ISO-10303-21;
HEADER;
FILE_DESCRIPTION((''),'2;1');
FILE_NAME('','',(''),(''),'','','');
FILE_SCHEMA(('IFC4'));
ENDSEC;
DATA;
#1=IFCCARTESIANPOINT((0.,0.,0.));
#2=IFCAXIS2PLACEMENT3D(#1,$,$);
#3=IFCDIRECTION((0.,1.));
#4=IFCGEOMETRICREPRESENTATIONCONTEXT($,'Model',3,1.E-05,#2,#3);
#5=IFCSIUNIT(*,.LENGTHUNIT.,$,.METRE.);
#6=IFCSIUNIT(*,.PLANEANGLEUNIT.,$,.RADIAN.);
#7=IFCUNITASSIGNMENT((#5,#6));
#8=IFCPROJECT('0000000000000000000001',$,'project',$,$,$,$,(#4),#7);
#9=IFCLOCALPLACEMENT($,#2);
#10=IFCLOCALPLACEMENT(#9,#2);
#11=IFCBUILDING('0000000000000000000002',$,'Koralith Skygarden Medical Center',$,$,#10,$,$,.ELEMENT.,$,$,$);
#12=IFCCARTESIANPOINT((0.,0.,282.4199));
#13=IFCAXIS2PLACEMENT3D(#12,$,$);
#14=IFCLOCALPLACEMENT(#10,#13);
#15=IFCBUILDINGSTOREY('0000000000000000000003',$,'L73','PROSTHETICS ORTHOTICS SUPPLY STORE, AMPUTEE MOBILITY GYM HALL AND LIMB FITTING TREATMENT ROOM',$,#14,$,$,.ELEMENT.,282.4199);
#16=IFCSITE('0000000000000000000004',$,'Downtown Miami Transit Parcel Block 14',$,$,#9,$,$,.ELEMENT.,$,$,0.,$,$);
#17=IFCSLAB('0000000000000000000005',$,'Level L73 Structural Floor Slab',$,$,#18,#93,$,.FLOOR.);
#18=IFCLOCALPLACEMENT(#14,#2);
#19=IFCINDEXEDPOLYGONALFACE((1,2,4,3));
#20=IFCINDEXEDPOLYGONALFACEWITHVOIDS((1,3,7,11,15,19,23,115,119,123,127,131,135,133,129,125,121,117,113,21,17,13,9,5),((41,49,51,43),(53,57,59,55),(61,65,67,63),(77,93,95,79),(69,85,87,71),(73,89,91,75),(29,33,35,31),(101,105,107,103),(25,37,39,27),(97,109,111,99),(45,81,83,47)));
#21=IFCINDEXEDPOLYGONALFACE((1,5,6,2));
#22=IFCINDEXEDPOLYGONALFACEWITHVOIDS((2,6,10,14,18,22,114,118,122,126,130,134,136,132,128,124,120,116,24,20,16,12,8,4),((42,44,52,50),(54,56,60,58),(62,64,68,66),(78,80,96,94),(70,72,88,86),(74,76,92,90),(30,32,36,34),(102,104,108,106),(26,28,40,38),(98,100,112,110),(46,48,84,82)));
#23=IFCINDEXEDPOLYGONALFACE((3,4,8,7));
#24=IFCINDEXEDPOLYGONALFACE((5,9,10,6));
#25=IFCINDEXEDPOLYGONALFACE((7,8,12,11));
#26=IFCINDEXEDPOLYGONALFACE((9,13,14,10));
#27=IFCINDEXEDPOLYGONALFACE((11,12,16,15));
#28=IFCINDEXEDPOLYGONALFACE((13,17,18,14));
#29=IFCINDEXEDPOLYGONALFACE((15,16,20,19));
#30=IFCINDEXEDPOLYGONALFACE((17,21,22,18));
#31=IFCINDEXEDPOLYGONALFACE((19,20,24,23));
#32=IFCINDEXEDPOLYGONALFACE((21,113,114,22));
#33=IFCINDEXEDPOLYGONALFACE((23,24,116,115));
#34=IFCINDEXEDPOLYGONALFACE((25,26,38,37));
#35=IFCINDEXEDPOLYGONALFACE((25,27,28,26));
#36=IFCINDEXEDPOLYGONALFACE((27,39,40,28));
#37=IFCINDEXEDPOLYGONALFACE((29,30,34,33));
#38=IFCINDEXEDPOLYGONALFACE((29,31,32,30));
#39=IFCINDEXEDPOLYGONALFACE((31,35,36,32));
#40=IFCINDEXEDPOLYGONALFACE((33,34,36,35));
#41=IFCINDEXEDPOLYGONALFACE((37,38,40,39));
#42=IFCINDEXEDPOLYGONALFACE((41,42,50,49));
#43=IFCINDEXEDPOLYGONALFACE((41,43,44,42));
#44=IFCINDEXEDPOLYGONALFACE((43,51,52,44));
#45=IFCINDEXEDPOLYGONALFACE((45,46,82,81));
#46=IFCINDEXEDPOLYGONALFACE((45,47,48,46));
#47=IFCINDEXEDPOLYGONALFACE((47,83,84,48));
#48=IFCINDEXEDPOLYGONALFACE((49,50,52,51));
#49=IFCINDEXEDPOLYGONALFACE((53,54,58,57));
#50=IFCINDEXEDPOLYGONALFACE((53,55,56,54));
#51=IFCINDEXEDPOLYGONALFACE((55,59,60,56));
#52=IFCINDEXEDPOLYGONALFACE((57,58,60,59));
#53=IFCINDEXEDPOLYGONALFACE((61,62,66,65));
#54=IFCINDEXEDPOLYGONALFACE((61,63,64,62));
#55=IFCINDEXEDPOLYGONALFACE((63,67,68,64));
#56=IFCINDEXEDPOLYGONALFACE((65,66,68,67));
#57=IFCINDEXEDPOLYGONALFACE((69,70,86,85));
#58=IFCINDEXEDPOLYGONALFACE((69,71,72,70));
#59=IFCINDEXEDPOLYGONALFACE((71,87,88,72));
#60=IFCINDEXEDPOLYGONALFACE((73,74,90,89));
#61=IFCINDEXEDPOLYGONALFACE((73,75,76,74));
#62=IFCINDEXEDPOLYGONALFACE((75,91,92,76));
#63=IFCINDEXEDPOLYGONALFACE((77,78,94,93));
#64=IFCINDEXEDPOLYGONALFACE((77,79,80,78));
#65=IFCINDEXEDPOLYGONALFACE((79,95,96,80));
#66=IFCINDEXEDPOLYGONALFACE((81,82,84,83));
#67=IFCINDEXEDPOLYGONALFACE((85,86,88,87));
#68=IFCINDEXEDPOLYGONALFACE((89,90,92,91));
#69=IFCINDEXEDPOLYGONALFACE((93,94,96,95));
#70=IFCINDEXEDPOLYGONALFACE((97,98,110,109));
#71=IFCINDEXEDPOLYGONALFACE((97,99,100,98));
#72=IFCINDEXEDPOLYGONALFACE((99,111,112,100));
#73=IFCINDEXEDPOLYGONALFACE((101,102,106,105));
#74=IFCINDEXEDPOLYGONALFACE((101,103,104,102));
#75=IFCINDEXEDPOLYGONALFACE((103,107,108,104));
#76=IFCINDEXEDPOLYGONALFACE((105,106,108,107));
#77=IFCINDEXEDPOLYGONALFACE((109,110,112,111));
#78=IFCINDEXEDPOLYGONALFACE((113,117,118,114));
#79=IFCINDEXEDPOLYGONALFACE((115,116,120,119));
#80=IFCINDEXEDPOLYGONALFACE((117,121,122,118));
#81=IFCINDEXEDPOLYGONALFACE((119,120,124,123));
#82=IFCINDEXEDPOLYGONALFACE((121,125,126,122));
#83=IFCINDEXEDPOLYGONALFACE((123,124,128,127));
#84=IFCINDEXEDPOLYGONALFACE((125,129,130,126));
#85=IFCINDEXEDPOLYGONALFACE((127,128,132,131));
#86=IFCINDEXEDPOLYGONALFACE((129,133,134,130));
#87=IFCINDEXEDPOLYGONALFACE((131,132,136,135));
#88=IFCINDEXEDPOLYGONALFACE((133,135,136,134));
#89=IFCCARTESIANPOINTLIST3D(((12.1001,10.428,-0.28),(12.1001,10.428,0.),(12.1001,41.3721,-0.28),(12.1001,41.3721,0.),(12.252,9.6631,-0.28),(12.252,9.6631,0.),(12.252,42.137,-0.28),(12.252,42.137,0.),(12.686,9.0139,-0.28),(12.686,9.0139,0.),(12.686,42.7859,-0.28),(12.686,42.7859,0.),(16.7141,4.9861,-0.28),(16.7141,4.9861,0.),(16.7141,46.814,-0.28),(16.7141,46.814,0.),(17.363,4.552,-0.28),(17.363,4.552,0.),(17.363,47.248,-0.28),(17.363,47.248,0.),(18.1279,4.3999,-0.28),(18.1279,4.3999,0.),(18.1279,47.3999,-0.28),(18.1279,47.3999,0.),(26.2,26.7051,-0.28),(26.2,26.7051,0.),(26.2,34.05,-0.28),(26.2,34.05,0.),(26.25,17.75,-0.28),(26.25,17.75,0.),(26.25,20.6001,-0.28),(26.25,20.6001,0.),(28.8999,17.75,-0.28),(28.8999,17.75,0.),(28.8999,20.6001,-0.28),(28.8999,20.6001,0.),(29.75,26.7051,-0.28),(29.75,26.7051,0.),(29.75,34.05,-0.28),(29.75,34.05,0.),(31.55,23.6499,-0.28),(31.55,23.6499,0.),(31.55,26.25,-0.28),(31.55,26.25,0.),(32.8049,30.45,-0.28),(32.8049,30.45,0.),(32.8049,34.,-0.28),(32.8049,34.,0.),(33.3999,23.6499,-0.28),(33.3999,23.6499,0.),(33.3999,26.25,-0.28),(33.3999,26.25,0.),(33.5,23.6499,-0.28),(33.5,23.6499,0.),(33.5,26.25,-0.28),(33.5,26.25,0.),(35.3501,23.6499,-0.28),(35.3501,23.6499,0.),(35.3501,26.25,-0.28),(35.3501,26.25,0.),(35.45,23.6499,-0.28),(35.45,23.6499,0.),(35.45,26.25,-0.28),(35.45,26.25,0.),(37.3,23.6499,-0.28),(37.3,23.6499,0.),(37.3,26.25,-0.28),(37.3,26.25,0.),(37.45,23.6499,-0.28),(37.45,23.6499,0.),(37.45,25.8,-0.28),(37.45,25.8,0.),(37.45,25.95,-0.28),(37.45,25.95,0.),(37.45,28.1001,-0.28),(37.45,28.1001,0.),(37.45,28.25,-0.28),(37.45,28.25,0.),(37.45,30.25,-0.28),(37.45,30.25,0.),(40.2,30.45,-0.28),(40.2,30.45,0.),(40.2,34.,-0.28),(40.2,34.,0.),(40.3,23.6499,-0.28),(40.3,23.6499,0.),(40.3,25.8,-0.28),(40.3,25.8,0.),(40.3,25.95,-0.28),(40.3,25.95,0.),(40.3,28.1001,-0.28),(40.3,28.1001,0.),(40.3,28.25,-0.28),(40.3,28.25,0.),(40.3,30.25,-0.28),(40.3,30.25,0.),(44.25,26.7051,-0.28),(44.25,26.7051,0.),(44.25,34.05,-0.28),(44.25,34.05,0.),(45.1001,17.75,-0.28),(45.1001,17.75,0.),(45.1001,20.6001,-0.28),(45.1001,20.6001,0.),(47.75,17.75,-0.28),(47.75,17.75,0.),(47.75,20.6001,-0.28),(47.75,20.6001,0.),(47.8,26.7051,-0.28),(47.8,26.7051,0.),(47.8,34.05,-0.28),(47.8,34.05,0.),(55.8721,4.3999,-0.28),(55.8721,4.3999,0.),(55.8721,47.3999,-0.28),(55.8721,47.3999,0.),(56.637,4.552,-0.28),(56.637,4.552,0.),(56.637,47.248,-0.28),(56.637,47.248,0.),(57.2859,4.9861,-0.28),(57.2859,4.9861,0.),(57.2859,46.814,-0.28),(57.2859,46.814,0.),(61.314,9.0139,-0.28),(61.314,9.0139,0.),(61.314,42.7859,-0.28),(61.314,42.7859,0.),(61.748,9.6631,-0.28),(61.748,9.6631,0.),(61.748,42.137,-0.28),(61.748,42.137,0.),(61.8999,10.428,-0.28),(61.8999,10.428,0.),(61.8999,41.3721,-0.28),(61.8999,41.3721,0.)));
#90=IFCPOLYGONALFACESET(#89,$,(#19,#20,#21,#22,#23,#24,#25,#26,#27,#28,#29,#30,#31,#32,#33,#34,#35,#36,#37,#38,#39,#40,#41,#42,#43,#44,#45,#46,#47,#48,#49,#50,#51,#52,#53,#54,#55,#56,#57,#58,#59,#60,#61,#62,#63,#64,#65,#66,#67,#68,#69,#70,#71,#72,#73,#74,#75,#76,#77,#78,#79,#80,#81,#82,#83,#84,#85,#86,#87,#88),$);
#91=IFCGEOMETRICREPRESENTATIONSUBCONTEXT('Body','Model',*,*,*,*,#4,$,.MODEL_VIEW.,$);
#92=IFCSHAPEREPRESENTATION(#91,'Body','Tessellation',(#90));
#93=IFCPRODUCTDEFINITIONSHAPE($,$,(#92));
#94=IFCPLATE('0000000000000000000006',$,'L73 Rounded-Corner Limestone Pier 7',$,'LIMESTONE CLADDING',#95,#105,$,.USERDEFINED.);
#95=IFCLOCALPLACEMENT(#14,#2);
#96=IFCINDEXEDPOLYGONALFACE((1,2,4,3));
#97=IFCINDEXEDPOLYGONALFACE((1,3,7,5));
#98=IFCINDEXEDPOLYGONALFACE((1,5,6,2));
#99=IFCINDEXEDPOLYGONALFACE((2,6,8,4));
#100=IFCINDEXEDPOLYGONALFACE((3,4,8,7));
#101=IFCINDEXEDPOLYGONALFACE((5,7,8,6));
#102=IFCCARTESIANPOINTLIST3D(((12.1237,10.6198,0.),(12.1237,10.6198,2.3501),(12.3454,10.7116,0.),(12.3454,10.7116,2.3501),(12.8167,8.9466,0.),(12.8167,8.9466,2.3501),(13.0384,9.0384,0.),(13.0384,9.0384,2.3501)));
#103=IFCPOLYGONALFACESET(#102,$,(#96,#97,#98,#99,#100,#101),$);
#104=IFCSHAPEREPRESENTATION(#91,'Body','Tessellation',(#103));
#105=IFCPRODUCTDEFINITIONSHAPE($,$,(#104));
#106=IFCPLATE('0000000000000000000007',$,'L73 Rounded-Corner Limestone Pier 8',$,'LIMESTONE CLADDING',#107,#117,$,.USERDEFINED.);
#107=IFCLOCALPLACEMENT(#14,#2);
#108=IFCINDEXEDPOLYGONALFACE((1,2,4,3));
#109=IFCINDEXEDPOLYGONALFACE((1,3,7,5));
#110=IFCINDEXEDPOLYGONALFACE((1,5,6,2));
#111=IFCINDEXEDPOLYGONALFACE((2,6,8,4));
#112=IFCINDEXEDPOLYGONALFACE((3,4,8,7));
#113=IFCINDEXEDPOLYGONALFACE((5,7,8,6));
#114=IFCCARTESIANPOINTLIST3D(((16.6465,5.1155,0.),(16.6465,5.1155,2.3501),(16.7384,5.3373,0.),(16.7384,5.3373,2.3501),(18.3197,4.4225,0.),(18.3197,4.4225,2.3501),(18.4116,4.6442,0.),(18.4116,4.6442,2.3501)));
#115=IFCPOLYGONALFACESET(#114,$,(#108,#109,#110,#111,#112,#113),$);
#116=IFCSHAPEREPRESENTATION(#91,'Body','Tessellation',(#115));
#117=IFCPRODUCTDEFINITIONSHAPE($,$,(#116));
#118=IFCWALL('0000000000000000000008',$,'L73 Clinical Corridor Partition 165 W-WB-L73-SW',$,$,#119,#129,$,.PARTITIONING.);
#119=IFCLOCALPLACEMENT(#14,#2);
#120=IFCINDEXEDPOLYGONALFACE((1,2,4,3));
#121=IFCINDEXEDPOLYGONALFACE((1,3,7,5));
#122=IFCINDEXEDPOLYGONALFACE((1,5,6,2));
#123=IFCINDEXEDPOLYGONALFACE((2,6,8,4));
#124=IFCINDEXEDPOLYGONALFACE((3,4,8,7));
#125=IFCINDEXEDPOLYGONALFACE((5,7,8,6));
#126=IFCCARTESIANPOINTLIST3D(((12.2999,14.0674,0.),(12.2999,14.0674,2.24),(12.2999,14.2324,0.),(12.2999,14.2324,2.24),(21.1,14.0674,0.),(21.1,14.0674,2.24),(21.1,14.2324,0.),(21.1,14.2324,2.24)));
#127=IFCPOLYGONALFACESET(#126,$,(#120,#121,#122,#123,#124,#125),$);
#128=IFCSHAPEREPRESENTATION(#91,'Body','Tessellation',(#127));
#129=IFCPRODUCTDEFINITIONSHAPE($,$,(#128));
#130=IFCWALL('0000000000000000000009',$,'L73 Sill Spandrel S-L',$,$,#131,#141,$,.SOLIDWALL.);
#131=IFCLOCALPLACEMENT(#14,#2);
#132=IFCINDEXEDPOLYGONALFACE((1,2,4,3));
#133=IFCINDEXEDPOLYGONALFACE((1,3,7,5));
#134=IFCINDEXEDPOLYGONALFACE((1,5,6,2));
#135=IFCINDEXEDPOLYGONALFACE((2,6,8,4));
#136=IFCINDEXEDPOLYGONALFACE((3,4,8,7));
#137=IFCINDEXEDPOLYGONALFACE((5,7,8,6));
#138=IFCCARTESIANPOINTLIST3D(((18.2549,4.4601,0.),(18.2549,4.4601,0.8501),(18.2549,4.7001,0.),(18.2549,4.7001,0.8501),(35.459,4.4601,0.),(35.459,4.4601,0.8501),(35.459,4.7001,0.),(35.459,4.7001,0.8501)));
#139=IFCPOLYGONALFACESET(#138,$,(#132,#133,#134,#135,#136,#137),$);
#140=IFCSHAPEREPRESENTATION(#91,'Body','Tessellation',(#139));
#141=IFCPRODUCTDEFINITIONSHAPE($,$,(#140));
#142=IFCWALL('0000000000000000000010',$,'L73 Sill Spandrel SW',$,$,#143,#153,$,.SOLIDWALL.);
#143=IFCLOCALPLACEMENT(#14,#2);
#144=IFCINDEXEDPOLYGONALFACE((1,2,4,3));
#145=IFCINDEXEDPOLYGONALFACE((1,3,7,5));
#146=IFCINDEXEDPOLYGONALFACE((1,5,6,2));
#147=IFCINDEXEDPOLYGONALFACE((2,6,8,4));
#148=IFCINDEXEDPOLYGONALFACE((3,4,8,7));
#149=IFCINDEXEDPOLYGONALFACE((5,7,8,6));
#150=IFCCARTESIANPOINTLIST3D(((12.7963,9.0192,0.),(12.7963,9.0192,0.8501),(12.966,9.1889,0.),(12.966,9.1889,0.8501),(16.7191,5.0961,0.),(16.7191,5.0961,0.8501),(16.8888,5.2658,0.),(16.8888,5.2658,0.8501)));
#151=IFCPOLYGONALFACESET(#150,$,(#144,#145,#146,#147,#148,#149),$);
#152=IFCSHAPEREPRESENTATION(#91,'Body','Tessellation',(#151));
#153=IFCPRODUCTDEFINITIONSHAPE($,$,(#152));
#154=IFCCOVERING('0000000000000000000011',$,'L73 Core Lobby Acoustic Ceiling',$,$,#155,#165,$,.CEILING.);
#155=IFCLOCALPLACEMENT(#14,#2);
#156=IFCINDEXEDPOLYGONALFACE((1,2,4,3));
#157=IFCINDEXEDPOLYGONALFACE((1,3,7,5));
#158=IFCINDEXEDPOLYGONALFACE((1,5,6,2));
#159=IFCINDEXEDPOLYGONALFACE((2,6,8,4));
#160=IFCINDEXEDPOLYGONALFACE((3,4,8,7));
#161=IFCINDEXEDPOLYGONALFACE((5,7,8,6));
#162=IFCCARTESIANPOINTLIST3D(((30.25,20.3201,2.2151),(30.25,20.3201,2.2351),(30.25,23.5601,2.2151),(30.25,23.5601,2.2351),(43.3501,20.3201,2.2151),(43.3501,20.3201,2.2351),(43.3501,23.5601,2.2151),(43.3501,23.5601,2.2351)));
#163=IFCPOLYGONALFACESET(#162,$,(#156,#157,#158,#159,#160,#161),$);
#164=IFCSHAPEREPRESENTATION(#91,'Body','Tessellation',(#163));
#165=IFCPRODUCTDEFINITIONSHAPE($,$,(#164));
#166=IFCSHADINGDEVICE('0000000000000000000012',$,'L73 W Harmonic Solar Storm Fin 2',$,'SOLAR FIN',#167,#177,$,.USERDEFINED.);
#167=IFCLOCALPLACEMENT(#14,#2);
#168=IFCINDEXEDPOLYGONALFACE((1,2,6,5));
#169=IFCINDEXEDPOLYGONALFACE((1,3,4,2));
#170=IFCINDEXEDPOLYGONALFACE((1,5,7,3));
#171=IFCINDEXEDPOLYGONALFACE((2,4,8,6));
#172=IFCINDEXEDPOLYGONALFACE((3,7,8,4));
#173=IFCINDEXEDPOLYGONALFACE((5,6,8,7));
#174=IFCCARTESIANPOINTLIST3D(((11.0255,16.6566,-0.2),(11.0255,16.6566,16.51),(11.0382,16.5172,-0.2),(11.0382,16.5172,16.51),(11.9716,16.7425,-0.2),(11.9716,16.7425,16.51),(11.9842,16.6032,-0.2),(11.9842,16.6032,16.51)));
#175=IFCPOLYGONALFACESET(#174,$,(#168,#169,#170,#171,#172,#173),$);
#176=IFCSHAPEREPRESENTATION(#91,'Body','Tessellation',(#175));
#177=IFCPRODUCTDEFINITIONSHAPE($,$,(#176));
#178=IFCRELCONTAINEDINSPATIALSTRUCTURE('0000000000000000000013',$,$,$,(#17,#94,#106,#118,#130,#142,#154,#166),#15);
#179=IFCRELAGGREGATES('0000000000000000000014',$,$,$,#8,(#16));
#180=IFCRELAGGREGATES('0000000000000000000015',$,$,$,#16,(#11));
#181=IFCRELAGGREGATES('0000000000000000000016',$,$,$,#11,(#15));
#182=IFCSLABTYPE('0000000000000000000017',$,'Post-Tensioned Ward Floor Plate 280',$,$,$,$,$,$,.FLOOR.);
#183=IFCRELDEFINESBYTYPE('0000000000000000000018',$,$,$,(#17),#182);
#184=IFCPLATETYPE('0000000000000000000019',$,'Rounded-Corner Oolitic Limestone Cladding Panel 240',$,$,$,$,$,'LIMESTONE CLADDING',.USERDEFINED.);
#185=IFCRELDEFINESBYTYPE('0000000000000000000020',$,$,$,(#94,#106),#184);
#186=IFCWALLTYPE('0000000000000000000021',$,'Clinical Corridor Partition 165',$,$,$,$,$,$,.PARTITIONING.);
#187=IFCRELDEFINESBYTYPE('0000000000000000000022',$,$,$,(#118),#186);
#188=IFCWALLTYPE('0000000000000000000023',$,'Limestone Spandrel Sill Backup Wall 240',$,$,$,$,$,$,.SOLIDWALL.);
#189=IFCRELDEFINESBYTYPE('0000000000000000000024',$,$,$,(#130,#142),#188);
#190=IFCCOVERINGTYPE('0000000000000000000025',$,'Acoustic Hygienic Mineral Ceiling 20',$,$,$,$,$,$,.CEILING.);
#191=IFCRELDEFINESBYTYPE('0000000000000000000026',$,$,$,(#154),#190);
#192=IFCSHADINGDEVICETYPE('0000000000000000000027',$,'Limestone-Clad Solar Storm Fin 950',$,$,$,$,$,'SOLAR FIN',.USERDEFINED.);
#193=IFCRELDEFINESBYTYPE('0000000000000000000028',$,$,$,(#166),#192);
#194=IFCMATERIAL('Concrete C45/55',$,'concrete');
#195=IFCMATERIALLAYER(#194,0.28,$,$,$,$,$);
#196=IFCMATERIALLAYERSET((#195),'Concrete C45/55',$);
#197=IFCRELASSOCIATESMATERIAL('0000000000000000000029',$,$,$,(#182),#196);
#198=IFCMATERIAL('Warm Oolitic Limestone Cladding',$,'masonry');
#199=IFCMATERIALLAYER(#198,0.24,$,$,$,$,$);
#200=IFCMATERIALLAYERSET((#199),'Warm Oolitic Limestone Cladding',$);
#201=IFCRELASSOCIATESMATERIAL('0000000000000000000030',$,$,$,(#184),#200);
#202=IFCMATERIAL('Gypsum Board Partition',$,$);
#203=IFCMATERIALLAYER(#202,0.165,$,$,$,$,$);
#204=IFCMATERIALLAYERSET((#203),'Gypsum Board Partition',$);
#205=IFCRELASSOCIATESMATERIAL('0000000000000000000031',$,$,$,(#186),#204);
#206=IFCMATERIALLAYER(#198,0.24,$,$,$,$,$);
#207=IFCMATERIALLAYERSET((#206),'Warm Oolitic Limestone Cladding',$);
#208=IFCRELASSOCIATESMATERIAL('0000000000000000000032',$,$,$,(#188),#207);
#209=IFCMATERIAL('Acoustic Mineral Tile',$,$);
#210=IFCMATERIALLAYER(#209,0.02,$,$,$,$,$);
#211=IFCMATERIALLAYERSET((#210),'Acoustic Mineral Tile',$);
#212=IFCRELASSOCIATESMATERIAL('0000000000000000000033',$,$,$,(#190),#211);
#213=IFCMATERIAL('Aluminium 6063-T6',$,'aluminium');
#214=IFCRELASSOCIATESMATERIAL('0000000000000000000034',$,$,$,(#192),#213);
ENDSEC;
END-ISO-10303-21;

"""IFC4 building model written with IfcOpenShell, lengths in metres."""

from ifc_helpers import new_model, si_unit, direction, frame, frame_2d, origin, origin_2d, place, context, subcontext, project, spatial, polyline, rectangle, outline, extrude, material, layer, layer_set, type_object, element, save


model = new_model("IFC4")

# Units and contexts
model_context = context("Model", 3, precision=1e-05, world=origin(), true_north=direction((0.0, 1.0)))
body_context = subcontext(model_context, "Body", "Model", "MODEL_VIEW")
ifc_project = project(units=[si_unit("LENGTHUNIT", "METRE"), si_unit("PLANEANGLEUNIT", "RADIAN")], contexts=[model_context])

# Site, building, storey
site_placement = place(None, origin())
site = spatial("IfcSite", under=ifc_project, at=site_placement, Name="Downtown Miami Transit Parcel Block 14", CompositionType="ELEMENT", RefElevation=0.0)
building_placement = place(site_placement, origin())
building = spatial("IfcBuilding", under=site, at=building_placement, Name="Koralith Skygarden Medical Center", CompositionType="ELEMENT")
storey_placement = place(building_placement, frame((0.0, 0.0, 282.4199)))
storey = spatial("IfcBuildingStorey", under=building, at=storey_placement, Name="L73", Description="PROSTHETICS ORTHOTICS SUPPLY STORE, AMPUTEE MOBILITY GYM HALL AND LIMB FITTING TREATMENT ROOM", CompositionType="ELEMENT", Elevation=282.4199)

# Shared definitions
ifc_material_1 = material(Name="Aluminium 6063-T6", Category="aluminium")

# Shared definitions
ifc_material_2 = material(Name="Concrete C45/55", Category="concrete")

# Slab
ifc_layer_1 = layer(ifc_material_2, 0.28)
ifc_layer_set_1 = layer_set([ifc_layer_1], Name="Concrete C45/55")
slab_type_1 = type_object("IfcSlabType", Name="Post-Tensioned Ward Floor Plate 280", PredefinedType="FLOOR", material=ifc_layer_set_1)
slab_1_placement = place(storey_placement, frame((0.0, 0.0, -0.28)))
element("IfcSlab", 1, at=slab_1_placement, inside=storey, type_object=slab_type_1, Name="Level L73 Structural Floor Slab", PredefinedType="FLOOR", context=body_context, shape_type="SweptSolid", body=[
    extrude(outline(polyline([(16.7141, 4.9861), (17.363, 4.552), (18.1279, 4.3999), (55.8721, 4.3999), (56.637, 4.552), (57.2859, 4.9861), (61.314, 9.0139), (61.748, 9.6631), (61.8999, 10.428), (61.8999, 41.3721), (61.748, 42.137), (61.314, 42.7859), (57.2859, 46.814), (56.637, 47.248), (55.8721, 47.3999), (18.1279, 47.3999), (17.363, 47.248), (16.7141, 46.814), (12.686, 42.7859), (12.252, 42.137), (12.1001, 41.3721), (12.1001, 10.428), (12.252, 9.6631), (12.686, 9.0139), (16.7141, 4.9861)]), holes=[polyline([(26.2, 26.7051), (29.75, 26.7051), (29.75, 34.05), (26.2, 34.05), (26.2, 26.7051)]), polyline([(44.25, 26.7051), (47.8, 26.7051), (47.8, 34.05), (44.25, 34.05), (44.25, 26.7051)]), polyline([(32.8049, 30.45), (40.2, 30.45), (40.2, 34.0), (32.8049, 34.0), (32.8049, 30.45)]), polyline([(26.25, 17.75), (28.8999, 17.75), (28.8999, 20.6001), (26.25, 20.6001), (26.25, 17.75)]), polyline([(45.1001, 17.75), (47.75, 17.75), (47.75, 20.6001), (45.1001, 20.6001), (45.1001, 17.75)]), polyline([(31.55, 23.6499), (33.3999, 23.6499), (33.3999, 26.25), (31.55, 26.25), (31.55, 23.6499)]), polyline([(33.5, 23.6499), (35.3501, 23.6499), (35.3501, 26.25), (33.5, 26.25), (33.5, 23.6499)]), polyline([(35.45, 23.6499), (37.3, 23.6499), (37.3, 26.25), (35.45, 26.25), (35.45, 23.6499)]), polyline([(37.45, 23.6499), (40.3, 23.6499), (40.3, 25.8), (37.45, 25.8), (37.45, 23.6499)]), polyline([(37.45, 25.95), (40.3, 25.95), (40.3, 28.1001), (37.45, 28.1001), (37.45, 25.95)]), polyline([(37.45, 28.25), (40.3, 28.25), (40.3, 30.25), (37.45, 30.25), (37.45, 28.25)])]), origin(), (0.0, 0.0, 1.0), 0.28),
])

# Plates
ifc_material_3 = material(Name="Warm Oolitic Limestone Cladding", Category="masonry")
ifc_layer_2 = layer(ifc_material_3, 0.24)
ifc_layer_set_2 = layer_set([ifc_layer_2], Name="Warm Oolitic Limestone Cladding")
plate_type_1 = type_object("IfcPlateType", Name="Rounded-Corner Oolitic Limestone Cladding Panel 240", ElementType="LIMESTONE CLADDING", PredefinedType="USERDEFINED", material=ifc_layer_set_2)
for number, where, z_axis, x_axis, name in (
    (2, (12.5811, 9.8291, 0.0), (0.0, 0.0, 1.0), (0.382671, -0.923885, 0.0), "L73 Rounded-Corner Limestone Pier 7"),
    (3, (17.5291, 4.8799, 0.0), (0.0, 0.0, 1.0), (0.923885, -0.382671, 0.0), "L73 Rounded-Corner Limestone Pier 8"),
):
    element("IfcPlate", number, at=place(storey_placement, frame(where, z_axis=z_axis, x_axis=x_axis)), inside=storey, type_object=plate_type_1, Name=name, ObjectType="LIMESTONE CLADDING", PredefinedType="USERDEFINED", context=body_context, shape_type="SweptSolid", body=[
        extrude(rectangle(XDim=1.811, YDim=0.24, at=origin_2d()), origin(), (0.0, 0.0, 1.0), 2.3501),
    ])

# Walls
ifc_material_4 = material(Name="Gypsum Board Partition")
ifc_layer_3 = layer(ifc_material_4, 0.165)
ifc_layer_set_3 = layer_set([ifc_layer_3], Name="Gypsum Board Partition")
wall_type_1 = type_object("IfcWallType", Name="Clinical Corridor Partition 165", PredefinedType="PARTITIONING", material=ifc_layer_set_3)
wall_1_placement = place(storey_placement, frame((12.3, 14.1499, 0.0), z_axis=(0.0, 0.0, 1.0), x_axis=(1.0, 0.0, 0.0)))
element("IfcWall", 4, at=wall_1_placement, inside=storey, type_object=wall_type_1, Name="L73 Clinical Corridor Partition 165 W-WB-L73-SW", PredefinedType="PARTITIONING", context=body_context, shape_type="SweptSolid", body=[
    extrude(rectangle(XDim=8.8, YDim=0.165, at=frame_2d((4.3999, 0.0))), origin(), (0.0, 0.0, 1.0), 2.24),
])
ifc_layer_4 = layer(ifc_material_3, 0.24)
ifc_layer_set_4 = layer_set([ifc_layer_4], Name="Warm Oolitic Limestone Cladding")
wall_type_2 = type_object("IfcWallType", Name="Limestone Spandrel Sill Backup Wall 240", PredefinedType="SOLIDWALL", material=ifc_layer_set_4)
wall_2_placement = place(storey_placement, frame((18.2549, 4.5801, 0.0), z_axis=(0.0, 0.0, 1.0), x_axis=(1.0, 0.0, 0.0)))
element("IfcWall", 5, at=wall_2_placement, inside=storey, type_object=wall_type_2, Name="L73 Sill Spandrel S-L", PredefinedType="SOLIDWALL", context=body_context, shape_type="SweptSolid", body=[
    extrude(rectangle(XDim=17.2041, YDim=0.24, at=frame_2d((8.6021, 0.0))), origin(), (0.0, 0.0, 1.0), 0.8501),
])
wall_3_placement = place(storey_placement, frame((12.8811, 9.104, 0.0), z_axis=(0.0, 0.0, 1.0), x_axis=(0.707085, -0.707129, 0.0)))
element("IfcWall", 6, at=wall_3_placement, inside=storey, type_object=wall_type_2, Name="L73 Sill Spandrel SW", PredefinedType="SOLIDWALL", context=body_context, shape_type="SweptSolid", body=[
    extrude(rectangle(XDim=5.5479, YDim=0.24, at=frame_2d((2.7739, 0.0))), origin(), (0.0, 0.0, 1.0), 0.8501),
])

# Covering
ifc_material_5 = material(Name="Acoustic Mineral Tile")
ifc_layer_5 = layer(ifc_material_5, 0.02)
ifc_layer_set_5 = layer_set([ifc_layer_5], Name="Acoustic Mineral Tile")
covering_type_1 = type_object("IfcCoveringType", Name="Acoustic Hygienic Mineral Ceiling 20", PredefinedType="CEILING", material=ifc_layer_set_5)
covering_1_placement = place(storey_placement, frame((0.0, 0.0, 2.2151)))
element("IfcCovering", 7, at=covering_1_placement, inside=storey, type_object=covering_type_1, Name="L73 Core Lobby Acoustic Ceiling", PredefinedType="CEILING", context=body_context, shape_type="SweptSolid", body=[
    extrude(outline(polyline([(30.25, 20.3201), (43.3501, 20.3201), (43.3501, 23.5601), (30.25, 23.5601), (30.25, 20.3201)])), origin(), (0.0, 0.0, 1.0), 0.02),
])

# Shading device
shading_device_type = type_object("IfcShadingDeviceType", Name="Limestone-Clad Solar Storm Fin 950", ElementType="SOLAR FIN", PredefinedType="USERDEFINED", material=ifc_material_1)
for number, where, z_axis, x_axis, name in (
    (8, (11.5049, 16.6299, -0.2), (0.0, 0.0, 1.0), (-0.995897, -0.090494, 0.0), "L73 W Harmonic Solar Storm Fin 2"),
):
    element("IfcShadingDevice", number, at=place(storey_placement, frame(where, z_axis=z_axis, x_axis=x_axis)), inside=storey, type_object=shading_device_type, Name=name, ObjectType="SOLAR FIN", PredefinedType="USERDEFINED", context=body_context, shape_type="SweptSolid", body=[
        extrude(rectangle(XDim=0.95, YDim=0.1399, at=origin_2d()), origin(), (0.0, 0.0, 1.0), 16.71),
    ])

save(model, "model.ifc")
